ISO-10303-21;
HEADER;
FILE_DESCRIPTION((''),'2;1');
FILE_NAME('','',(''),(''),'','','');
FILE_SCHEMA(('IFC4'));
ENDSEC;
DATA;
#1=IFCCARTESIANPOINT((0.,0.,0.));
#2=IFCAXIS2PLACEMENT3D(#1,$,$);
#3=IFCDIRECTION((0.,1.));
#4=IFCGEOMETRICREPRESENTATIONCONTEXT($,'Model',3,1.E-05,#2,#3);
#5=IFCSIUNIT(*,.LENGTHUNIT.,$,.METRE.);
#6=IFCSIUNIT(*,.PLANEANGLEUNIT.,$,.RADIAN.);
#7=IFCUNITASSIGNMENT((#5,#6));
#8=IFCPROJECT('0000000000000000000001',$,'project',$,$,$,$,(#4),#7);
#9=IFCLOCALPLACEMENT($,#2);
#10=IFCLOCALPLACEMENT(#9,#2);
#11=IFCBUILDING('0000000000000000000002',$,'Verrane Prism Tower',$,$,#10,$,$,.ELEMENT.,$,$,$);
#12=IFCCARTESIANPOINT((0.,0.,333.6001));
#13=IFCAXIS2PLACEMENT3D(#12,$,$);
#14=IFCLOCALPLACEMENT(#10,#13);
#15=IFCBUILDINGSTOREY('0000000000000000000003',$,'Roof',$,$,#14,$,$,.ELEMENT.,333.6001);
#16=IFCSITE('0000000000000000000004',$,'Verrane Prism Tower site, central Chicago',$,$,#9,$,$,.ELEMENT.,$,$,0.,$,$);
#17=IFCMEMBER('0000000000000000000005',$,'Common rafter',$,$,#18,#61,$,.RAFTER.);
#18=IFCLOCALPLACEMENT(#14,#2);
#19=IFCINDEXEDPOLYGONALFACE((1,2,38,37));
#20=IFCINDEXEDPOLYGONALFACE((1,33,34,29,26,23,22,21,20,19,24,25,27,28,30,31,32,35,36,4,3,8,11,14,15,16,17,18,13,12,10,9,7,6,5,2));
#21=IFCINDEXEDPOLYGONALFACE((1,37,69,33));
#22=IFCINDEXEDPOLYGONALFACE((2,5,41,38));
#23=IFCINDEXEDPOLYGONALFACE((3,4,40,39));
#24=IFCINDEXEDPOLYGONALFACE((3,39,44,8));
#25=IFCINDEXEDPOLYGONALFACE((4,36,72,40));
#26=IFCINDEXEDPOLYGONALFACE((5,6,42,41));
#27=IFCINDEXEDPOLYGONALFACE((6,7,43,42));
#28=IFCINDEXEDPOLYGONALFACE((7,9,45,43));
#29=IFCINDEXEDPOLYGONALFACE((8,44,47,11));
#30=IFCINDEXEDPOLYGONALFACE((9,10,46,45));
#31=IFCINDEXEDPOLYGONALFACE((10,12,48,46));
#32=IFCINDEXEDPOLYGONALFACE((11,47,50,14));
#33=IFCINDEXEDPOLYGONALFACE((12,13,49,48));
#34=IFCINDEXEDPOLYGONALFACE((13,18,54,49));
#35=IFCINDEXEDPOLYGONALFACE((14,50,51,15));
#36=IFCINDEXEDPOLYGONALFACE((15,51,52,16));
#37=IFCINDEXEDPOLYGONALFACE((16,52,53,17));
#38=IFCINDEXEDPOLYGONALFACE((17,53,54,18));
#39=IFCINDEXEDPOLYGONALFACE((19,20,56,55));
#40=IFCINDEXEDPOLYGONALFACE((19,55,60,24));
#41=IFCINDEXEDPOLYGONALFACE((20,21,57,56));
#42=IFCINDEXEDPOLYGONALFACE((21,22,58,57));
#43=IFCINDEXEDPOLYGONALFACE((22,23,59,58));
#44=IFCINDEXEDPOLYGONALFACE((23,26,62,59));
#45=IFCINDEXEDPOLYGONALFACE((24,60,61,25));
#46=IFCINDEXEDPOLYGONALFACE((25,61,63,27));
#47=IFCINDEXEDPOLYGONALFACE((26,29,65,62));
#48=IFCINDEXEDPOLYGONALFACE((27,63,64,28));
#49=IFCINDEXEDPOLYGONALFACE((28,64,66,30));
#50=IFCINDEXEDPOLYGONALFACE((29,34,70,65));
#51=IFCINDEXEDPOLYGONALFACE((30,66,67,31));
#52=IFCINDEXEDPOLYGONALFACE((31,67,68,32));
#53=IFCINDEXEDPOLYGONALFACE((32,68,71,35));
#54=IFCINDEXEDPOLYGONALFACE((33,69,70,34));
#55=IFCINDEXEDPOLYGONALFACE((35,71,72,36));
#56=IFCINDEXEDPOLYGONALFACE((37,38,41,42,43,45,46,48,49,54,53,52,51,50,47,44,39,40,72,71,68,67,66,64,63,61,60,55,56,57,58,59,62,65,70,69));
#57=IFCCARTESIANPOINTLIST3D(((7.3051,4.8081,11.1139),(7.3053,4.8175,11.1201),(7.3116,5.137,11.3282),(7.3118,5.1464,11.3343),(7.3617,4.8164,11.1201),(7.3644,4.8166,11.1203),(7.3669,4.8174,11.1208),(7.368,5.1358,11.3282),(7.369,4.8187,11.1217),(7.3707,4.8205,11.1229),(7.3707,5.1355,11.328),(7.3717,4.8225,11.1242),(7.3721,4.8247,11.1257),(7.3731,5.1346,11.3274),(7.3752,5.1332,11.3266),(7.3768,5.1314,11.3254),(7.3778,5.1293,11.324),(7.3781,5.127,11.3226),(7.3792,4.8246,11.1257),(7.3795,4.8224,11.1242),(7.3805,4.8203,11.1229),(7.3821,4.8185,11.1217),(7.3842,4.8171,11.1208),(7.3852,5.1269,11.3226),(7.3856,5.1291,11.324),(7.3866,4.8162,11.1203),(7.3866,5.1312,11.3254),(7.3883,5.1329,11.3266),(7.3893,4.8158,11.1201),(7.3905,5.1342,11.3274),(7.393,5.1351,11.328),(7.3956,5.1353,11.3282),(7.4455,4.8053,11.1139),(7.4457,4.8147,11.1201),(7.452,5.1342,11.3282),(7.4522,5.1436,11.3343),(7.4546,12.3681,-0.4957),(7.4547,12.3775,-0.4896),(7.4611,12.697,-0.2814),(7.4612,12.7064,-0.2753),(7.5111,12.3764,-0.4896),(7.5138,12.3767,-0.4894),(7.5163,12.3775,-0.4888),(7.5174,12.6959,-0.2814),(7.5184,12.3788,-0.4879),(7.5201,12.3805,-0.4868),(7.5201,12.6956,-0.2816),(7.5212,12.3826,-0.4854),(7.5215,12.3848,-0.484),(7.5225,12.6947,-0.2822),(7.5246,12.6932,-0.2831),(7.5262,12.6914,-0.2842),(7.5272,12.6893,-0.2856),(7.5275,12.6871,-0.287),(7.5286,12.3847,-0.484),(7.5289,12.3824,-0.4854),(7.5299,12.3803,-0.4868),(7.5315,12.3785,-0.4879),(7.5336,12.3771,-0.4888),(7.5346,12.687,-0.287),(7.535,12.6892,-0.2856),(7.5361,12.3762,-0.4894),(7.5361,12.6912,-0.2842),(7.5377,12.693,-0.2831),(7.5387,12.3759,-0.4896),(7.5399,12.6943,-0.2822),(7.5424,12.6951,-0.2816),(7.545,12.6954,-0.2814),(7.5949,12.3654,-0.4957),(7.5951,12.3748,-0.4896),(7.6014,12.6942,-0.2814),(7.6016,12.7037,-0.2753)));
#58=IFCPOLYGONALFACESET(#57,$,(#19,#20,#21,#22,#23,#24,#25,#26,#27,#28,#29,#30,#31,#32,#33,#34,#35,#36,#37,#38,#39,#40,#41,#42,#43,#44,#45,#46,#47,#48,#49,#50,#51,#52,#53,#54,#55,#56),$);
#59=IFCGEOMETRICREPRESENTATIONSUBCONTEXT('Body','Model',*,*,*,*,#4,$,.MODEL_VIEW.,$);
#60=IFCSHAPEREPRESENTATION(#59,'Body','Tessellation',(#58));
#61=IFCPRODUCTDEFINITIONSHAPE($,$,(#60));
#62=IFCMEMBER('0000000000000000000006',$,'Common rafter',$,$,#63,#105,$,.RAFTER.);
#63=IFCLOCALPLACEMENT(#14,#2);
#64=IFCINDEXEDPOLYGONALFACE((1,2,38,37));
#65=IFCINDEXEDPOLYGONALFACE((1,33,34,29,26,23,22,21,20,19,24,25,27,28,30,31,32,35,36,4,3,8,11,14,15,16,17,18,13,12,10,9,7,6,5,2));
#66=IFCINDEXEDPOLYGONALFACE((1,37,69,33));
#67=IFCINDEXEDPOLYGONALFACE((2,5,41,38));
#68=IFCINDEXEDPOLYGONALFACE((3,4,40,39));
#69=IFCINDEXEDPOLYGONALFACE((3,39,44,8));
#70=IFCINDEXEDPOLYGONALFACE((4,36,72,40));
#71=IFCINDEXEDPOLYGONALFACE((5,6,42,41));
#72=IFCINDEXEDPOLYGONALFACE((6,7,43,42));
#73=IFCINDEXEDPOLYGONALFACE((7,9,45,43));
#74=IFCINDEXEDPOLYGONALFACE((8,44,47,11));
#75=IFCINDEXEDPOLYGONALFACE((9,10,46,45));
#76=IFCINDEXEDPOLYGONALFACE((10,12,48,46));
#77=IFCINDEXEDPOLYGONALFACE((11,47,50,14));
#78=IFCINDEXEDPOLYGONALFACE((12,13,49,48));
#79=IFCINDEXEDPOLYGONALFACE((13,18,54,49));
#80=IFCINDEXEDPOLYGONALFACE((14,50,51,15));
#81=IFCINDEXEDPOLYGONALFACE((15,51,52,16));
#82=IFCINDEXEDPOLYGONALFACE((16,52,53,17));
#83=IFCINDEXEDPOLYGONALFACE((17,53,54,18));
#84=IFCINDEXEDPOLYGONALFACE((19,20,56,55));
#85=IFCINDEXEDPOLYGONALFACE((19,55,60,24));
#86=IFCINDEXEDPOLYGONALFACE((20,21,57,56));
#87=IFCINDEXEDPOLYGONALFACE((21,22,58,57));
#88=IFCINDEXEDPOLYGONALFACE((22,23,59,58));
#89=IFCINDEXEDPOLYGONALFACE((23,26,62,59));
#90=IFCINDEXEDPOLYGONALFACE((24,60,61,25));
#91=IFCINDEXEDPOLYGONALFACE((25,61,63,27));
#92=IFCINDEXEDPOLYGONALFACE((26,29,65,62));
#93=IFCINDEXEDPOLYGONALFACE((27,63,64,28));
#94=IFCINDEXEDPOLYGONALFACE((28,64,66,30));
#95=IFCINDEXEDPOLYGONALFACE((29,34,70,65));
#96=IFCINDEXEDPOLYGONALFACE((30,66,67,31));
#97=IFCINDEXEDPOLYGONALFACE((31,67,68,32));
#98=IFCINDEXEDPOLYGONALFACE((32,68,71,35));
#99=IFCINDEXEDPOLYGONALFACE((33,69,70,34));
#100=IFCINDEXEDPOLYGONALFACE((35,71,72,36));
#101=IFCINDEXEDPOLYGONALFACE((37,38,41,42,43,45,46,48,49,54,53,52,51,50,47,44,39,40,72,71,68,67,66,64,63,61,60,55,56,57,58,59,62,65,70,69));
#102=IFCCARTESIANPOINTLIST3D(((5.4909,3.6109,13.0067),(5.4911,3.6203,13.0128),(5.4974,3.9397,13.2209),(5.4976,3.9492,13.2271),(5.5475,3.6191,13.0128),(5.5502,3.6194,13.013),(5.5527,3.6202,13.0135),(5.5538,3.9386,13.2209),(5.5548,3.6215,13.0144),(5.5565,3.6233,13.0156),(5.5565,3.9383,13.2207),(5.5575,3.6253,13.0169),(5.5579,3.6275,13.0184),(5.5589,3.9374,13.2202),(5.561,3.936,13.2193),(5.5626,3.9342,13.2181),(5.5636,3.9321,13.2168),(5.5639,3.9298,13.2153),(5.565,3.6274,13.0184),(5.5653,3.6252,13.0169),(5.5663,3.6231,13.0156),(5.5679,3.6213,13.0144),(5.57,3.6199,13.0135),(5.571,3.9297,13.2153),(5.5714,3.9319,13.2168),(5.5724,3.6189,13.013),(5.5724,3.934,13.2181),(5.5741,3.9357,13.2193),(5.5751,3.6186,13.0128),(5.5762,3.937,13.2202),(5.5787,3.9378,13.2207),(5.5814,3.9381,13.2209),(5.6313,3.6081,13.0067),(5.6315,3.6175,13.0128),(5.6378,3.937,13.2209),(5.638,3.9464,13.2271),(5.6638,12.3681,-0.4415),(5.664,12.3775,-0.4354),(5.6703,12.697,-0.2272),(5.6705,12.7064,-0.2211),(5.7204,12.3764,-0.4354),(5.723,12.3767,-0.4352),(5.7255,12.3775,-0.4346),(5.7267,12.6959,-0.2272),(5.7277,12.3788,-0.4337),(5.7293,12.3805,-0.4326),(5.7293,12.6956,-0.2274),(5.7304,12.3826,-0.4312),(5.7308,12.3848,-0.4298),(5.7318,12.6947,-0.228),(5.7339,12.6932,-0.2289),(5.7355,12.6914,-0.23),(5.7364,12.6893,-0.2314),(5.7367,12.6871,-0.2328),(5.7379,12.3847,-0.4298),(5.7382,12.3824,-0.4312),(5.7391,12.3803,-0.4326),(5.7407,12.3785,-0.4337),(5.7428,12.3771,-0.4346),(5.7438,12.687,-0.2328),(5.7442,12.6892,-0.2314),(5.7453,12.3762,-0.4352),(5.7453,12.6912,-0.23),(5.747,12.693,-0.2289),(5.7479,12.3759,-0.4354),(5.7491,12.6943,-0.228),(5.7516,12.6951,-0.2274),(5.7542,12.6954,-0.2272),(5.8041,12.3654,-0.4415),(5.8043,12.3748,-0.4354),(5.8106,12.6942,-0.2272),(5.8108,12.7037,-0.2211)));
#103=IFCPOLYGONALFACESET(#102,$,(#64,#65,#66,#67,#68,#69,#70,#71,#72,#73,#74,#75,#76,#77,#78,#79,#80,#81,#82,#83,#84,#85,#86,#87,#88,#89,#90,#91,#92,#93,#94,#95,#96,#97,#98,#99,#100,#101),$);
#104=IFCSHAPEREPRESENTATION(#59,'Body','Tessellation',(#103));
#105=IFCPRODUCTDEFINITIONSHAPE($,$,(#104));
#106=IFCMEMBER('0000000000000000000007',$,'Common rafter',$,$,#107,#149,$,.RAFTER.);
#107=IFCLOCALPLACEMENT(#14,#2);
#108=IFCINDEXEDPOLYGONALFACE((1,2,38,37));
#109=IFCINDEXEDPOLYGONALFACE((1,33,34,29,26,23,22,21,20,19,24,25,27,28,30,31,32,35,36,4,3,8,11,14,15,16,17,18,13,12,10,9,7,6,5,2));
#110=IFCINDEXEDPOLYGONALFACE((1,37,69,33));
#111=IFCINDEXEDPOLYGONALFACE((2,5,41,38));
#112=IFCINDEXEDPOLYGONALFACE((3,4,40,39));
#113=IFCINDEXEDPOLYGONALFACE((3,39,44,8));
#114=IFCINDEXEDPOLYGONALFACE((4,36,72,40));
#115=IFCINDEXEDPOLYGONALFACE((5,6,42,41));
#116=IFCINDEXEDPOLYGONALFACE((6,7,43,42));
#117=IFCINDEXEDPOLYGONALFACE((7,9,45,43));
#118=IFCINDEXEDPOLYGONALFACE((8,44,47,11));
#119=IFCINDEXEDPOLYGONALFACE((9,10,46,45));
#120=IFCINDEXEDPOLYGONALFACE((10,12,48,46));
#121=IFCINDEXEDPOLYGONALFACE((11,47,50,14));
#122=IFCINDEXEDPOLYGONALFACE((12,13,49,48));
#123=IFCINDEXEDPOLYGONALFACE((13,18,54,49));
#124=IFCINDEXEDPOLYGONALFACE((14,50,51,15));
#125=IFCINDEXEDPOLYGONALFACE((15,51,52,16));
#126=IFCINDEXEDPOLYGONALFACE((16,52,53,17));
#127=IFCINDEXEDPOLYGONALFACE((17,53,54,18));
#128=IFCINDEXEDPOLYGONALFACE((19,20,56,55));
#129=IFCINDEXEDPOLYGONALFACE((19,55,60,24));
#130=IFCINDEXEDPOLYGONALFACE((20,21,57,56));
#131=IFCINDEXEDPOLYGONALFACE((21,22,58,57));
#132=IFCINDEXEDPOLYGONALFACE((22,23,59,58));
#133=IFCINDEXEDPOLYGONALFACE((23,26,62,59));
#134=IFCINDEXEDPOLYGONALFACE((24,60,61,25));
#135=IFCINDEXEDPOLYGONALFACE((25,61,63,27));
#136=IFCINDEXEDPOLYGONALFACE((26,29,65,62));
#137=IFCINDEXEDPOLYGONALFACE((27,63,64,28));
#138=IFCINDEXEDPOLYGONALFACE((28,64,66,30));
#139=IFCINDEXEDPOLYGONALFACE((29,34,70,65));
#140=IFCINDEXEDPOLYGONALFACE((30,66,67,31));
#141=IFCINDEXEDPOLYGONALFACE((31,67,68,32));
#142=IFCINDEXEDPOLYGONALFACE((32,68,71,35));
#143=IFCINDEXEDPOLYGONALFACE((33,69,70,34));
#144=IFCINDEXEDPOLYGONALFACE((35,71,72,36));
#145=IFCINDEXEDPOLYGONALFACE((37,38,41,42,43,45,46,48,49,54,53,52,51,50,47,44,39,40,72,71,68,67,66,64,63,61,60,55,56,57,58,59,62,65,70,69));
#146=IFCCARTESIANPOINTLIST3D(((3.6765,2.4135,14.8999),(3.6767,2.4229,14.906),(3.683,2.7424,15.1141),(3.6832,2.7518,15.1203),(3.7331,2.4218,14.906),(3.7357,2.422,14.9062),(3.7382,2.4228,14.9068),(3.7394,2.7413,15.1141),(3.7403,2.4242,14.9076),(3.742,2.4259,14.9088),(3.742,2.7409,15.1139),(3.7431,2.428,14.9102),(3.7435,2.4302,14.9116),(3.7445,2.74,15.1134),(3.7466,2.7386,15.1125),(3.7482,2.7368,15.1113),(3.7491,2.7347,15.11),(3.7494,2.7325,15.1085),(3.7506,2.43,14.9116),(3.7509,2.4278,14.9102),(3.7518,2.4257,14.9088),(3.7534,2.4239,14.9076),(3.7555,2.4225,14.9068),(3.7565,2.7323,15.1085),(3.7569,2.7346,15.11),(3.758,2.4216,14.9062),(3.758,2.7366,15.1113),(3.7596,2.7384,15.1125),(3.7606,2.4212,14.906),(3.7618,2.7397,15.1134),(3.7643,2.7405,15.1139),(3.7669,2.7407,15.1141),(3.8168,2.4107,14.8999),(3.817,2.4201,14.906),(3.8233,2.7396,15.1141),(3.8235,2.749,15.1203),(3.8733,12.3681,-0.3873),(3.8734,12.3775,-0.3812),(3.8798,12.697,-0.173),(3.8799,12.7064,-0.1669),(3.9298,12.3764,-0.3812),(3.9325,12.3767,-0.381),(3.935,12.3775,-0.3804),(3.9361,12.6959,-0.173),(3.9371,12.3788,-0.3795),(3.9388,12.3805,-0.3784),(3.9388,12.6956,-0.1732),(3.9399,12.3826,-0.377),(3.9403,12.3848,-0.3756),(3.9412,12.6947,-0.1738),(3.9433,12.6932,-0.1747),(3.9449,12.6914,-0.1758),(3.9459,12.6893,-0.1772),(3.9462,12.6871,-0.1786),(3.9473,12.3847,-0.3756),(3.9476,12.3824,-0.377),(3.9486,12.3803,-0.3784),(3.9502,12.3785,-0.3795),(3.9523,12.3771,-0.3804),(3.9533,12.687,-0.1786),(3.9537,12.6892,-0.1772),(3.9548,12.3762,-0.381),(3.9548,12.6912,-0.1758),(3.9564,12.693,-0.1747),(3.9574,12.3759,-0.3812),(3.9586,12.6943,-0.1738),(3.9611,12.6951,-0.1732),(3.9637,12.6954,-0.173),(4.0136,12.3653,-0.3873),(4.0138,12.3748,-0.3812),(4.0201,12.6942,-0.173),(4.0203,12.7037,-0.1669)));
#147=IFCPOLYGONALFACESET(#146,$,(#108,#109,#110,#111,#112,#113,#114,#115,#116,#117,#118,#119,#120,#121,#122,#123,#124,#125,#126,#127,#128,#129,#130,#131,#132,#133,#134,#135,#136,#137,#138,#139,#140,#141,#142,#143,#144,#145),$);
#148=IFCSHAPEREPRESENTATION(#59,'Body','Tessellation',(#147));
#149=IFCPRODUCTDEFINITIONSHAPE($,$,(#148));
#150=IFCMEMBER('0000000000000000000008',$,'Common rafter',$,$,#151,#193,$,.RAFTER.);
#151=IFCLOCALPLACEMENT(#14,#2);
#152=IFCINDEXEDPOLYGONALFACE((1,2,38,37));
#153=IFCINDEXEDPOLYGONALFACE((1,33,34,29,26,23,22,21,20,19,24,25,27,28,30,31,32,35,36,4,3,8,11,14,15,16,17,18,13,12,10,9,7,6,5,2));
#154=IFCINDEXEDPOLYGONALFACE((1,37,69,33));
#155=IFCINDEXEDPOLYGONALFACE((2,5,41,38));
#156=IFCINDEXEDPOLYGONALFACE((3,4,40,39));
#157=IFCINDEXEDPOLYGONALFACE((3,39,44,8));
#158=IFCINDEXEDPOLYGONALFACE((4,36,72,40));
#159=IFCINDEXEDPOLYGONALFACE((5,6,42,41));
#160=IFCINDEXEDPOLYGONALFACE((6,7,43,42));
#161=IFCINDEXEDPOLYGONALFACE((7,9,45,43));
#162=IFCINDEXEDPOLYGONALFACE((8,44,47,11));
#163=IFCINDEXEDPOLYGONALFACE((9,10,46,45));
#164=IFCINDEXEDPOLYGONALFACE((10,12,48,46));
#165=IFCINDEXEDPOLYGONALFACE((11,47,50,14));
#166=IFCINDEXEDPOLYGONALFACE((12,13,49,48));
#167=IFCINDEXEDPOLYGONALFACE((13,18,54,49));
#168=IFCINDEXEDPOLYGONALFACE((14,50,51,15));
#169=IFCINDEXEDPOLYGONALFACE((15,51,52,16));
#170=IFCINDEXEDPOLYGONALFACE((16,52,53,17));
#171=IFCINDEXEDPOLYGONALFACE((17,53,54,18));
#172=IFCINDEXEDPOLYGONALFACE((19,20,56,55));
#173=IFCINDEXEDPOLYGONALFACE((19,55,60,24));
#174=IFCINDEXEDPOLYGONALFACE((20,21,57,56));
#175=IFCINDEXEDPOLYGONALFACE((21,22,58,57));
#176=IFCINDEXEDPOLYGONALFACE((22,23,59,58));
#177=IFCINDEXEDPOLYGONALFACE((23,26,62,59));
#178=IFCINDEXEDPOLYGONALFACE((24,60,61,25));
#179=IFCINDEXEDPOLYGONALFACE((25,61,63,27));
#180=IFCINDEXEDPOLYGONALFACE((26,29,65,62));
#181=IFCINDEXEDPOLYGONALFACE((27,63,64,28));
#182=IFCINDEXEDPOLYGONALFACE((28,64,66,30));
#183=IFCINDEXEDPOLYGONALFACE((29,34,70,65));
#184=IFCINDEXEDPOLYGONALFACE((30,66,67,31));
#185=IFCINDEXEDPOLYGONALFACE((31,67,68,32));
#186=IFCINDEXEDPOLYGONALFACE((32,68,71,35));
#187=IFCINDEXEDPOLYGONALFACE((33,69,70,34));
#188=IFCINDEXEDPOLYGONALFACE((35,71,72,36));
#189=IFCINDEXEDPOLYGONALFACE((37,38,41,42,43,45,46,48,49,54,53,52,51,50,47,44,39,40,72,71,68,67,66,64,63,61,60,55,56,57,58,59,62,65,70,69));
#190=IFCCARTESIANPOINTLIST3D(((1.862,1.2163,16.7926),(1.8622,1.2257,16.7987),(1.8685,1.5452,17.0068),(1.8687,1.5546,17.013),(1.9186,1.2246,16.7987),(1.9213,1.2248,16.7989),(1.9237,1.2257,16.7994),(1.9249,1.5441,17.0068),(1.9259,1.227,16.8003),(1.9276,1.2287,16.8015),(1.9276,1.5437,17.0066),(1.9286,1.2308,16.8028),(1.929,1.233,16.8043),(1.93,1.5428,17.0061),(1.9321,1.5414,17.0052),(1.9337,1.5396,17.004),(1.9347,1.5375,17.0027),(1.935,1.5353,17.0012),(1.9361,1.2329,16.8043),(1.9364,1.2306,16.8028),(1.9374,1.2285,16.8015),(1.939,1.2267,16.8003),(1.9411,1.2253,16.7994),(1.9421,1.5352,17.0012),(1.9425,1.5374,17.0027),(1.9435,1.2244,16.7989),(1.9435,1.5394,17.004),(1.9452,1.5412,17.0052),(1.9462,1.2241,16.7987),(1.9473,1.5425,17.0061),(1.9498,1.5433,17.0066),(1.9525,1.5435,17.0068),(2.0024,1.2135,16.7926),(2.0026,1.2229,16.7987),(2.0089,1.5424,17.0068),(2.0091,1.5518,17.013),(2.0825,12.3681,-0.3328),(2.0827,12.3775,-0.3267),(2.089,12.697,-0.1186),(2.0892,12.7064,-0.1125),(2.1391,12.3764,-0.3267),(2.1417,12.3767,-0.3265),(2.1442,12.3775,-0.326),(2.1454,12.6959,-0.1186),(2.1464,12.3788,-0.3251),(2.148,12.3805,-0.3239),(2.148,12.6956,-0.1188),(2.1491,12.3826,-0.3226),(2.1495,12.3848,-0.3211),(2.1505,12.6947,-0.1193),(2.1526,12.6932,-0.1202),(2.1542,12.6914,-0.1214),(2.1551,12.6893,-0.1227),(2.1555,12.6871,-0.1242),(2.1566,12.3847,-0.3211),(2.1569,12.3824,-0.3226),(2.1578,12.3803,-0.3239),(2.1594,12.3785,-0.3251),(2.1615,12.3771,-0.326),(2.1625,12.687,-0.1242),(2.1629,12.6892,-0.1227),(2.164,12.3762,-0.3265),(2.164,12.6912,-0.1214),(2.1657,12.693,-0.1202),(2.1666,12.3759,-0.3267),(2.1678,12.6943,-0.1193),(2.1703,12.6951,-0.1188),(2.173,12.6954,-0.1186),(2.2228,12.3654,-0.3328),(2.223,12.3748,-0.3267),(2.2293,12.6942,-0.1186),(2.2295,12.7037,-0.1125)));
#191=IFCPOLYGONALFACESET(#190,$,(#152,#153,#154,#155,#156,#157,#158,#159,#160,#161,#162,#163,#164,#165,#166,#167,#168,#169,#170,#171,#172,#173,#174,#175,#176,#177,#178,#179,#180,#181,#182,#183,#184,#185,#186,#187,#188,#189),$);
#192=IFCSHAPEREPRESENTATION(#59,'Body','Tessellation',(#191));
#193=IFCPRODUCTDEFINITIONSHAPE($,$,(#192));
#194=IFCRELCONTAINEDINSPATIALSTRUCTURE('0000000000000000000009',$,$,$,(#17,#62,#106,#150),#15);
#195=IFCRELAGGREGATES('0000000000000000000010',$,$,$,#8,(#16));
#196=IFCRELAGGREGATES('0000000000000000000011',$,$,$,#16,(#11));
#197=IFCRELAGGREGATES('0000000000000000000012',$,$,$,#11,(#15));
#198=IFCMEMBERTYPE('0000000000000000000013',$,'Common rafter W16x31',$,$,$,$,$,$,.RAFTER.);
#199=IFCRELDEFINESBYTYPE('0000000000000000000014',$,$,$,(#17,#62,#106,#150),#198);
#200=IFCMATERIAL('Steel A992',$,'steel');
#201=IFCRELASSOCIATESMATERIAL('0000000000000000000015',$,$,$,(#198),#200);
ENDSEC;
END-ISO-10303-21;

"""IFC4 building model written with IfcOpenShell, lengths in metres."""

from ifc_helpers import new_model, si_unit, direction, frame, origin, origin_2d, place, context, subcontext, project, spatial, i_section, extrude, material, material_profile, profile_set, type_object, element, save


model = new_model("IFC4")

# Units and contexts
model_context = context("Model", 3, precision=1e-05, world=origin(), true_north=direction((0.0, 1.0)))
body_context = subcontext(model_context, "Body", "Model", "MODEL_VIEW")
ifc_project = project(units=[si_unit("LENGTHUNIT", "METRE"), si_unit("PLANEANGLEUNIT", "RADIAN")], contexts=[model_context])

# Site, building, storey
site_placement = place(None, origin())
site = spatial("IfcSite", under=ifc_project, at=site_placement, Name="Verrane Prism Tower site, central Chicago", CompositionType="ELEMENT", RefElevation=0.0)
building_placement = place(site_placement, origin())
building = spatial("IfcBuilding", under=site, at=building_placement, Name="Verrane Prism Tower", CompositionType="ELEMENT")
storey_placement = place(building_placement, frame((0.0, 0.0, 333.6001)))
storey = spatial("IfcBuildingStorey", under=building, at=storey_placement, Name="Roof", CompositionType="ELEMENT", Elevation=333.6001)

# Members
ifc_material_1 = material(Name="Steel A992", Category="steel")
ifc_material_profile_1 = material_profile(ifc_material_1, i_section(OverallWidth=0.1404, OverallDepth=0.4038, WebThickness=0.0071, FlangeThickness=0.0112, FilletRadius=0.0103, at=origin_2d()), Name="W16x31")
ifc_profile_set_1 = profile_set([ifc_material_profile_1], Name="Steel A992")
member_type_1 = type_object("IfcMemberType", Name="Common rafter W16x31", PredefinedType="RAFTER", material=ifc_profile_set_1)
member_1_placement = place(storey_placement, frame((7.5281, 12.5359, -0.3855), z_axis=(-0.010784, -0.545657, 0.837939), x_axis=(0.999805, -0.01976, 0.0)))
element("IfcMember", 1, at=member_1_placement, inside=storey, type_object=member_type_1, Name="Common rafter", PredefinedType="RAFTER", context=body_context, shape_type="SweptSolid", body=[
    extrude(i_section(OverallWidth=0.1404, OverallDepth=0.4038, WebThickness=0.0071, FlangeThickness=0.0112, FilletRadius=0.0103, at=origin_2d()), origin(), (0.0, 0.0, 1.0), 13.855),
])
member_2_placement = place(storey_placement, frame((5.7373, 12.5359, -0.3313), z_axis=(-0.01077, -0.545656, 0.83794), x_axis=(0.999805, -0.019734, 0.0)))
element("IfcMember", 2, at=member_2_placement, inside=storey, type_object=member_type_1, Name="Common rafter", PredefinedType="RAFTER", context=body_context, shape_type="SweptSolid", body=[
    extrude(i_section(OverallWidth=0.1404, OverallDepth=0.4038, WebThickness=0.0071, FlangeThickness=0.0112, FilletRadius=0.0103, at=origin_2d()), origin(), (0.0, 0.0, 1.0), 16.0491),
])
member_3_placement = place(storey_placement, frame((3.9468, 12.5359, -0.2771), z_axis=(-0.010786, -0.545649, 0.837944), x_axis=(0.999805, -0.019764, 0.0)))
element("IfcMember", 3, at=member_3_placement, inside=storey, type_object=member_type_1, Name="Common rafter", PredefinedType="RAFTER", context=body_context, shape_type="SweptSolid", body=[
    extrude(i_section(OverallWidth=0.1404, OverallDepth=0.4038, WebThickness=0.0071, FlangeThickness=0.0112, FilletRadius=0.0103, at=origin_2d()), origin(), (0.0, 0.0, 1.0), 18.2437),
])
member_4_placement = place(storey_placement, frame((2.156, 12.5359, -0.2227), z_axis=(-0.010787, -0.545654, 0.837941), x_axis=(0.999805, -0.019765, 0.0)))
element("IfcMember", 4, at=member_4_placement, inside=storey, type_object=member_type_1, Name="Common rafter", PredefinedType="RAFTER", context=body_context, shape_type="SweptSolid", body=[
    extrude(i_section(OverallWidth=0.1404, OverallDepth=0.4038, WebThickness=0.0071, FlangeThickness=0.0112, FilletRadius=0.0103, at=origin_2d()), origin(), (0.0, 0.0, 1.0), 20.4375),
])

save(model, "model.ifc")
